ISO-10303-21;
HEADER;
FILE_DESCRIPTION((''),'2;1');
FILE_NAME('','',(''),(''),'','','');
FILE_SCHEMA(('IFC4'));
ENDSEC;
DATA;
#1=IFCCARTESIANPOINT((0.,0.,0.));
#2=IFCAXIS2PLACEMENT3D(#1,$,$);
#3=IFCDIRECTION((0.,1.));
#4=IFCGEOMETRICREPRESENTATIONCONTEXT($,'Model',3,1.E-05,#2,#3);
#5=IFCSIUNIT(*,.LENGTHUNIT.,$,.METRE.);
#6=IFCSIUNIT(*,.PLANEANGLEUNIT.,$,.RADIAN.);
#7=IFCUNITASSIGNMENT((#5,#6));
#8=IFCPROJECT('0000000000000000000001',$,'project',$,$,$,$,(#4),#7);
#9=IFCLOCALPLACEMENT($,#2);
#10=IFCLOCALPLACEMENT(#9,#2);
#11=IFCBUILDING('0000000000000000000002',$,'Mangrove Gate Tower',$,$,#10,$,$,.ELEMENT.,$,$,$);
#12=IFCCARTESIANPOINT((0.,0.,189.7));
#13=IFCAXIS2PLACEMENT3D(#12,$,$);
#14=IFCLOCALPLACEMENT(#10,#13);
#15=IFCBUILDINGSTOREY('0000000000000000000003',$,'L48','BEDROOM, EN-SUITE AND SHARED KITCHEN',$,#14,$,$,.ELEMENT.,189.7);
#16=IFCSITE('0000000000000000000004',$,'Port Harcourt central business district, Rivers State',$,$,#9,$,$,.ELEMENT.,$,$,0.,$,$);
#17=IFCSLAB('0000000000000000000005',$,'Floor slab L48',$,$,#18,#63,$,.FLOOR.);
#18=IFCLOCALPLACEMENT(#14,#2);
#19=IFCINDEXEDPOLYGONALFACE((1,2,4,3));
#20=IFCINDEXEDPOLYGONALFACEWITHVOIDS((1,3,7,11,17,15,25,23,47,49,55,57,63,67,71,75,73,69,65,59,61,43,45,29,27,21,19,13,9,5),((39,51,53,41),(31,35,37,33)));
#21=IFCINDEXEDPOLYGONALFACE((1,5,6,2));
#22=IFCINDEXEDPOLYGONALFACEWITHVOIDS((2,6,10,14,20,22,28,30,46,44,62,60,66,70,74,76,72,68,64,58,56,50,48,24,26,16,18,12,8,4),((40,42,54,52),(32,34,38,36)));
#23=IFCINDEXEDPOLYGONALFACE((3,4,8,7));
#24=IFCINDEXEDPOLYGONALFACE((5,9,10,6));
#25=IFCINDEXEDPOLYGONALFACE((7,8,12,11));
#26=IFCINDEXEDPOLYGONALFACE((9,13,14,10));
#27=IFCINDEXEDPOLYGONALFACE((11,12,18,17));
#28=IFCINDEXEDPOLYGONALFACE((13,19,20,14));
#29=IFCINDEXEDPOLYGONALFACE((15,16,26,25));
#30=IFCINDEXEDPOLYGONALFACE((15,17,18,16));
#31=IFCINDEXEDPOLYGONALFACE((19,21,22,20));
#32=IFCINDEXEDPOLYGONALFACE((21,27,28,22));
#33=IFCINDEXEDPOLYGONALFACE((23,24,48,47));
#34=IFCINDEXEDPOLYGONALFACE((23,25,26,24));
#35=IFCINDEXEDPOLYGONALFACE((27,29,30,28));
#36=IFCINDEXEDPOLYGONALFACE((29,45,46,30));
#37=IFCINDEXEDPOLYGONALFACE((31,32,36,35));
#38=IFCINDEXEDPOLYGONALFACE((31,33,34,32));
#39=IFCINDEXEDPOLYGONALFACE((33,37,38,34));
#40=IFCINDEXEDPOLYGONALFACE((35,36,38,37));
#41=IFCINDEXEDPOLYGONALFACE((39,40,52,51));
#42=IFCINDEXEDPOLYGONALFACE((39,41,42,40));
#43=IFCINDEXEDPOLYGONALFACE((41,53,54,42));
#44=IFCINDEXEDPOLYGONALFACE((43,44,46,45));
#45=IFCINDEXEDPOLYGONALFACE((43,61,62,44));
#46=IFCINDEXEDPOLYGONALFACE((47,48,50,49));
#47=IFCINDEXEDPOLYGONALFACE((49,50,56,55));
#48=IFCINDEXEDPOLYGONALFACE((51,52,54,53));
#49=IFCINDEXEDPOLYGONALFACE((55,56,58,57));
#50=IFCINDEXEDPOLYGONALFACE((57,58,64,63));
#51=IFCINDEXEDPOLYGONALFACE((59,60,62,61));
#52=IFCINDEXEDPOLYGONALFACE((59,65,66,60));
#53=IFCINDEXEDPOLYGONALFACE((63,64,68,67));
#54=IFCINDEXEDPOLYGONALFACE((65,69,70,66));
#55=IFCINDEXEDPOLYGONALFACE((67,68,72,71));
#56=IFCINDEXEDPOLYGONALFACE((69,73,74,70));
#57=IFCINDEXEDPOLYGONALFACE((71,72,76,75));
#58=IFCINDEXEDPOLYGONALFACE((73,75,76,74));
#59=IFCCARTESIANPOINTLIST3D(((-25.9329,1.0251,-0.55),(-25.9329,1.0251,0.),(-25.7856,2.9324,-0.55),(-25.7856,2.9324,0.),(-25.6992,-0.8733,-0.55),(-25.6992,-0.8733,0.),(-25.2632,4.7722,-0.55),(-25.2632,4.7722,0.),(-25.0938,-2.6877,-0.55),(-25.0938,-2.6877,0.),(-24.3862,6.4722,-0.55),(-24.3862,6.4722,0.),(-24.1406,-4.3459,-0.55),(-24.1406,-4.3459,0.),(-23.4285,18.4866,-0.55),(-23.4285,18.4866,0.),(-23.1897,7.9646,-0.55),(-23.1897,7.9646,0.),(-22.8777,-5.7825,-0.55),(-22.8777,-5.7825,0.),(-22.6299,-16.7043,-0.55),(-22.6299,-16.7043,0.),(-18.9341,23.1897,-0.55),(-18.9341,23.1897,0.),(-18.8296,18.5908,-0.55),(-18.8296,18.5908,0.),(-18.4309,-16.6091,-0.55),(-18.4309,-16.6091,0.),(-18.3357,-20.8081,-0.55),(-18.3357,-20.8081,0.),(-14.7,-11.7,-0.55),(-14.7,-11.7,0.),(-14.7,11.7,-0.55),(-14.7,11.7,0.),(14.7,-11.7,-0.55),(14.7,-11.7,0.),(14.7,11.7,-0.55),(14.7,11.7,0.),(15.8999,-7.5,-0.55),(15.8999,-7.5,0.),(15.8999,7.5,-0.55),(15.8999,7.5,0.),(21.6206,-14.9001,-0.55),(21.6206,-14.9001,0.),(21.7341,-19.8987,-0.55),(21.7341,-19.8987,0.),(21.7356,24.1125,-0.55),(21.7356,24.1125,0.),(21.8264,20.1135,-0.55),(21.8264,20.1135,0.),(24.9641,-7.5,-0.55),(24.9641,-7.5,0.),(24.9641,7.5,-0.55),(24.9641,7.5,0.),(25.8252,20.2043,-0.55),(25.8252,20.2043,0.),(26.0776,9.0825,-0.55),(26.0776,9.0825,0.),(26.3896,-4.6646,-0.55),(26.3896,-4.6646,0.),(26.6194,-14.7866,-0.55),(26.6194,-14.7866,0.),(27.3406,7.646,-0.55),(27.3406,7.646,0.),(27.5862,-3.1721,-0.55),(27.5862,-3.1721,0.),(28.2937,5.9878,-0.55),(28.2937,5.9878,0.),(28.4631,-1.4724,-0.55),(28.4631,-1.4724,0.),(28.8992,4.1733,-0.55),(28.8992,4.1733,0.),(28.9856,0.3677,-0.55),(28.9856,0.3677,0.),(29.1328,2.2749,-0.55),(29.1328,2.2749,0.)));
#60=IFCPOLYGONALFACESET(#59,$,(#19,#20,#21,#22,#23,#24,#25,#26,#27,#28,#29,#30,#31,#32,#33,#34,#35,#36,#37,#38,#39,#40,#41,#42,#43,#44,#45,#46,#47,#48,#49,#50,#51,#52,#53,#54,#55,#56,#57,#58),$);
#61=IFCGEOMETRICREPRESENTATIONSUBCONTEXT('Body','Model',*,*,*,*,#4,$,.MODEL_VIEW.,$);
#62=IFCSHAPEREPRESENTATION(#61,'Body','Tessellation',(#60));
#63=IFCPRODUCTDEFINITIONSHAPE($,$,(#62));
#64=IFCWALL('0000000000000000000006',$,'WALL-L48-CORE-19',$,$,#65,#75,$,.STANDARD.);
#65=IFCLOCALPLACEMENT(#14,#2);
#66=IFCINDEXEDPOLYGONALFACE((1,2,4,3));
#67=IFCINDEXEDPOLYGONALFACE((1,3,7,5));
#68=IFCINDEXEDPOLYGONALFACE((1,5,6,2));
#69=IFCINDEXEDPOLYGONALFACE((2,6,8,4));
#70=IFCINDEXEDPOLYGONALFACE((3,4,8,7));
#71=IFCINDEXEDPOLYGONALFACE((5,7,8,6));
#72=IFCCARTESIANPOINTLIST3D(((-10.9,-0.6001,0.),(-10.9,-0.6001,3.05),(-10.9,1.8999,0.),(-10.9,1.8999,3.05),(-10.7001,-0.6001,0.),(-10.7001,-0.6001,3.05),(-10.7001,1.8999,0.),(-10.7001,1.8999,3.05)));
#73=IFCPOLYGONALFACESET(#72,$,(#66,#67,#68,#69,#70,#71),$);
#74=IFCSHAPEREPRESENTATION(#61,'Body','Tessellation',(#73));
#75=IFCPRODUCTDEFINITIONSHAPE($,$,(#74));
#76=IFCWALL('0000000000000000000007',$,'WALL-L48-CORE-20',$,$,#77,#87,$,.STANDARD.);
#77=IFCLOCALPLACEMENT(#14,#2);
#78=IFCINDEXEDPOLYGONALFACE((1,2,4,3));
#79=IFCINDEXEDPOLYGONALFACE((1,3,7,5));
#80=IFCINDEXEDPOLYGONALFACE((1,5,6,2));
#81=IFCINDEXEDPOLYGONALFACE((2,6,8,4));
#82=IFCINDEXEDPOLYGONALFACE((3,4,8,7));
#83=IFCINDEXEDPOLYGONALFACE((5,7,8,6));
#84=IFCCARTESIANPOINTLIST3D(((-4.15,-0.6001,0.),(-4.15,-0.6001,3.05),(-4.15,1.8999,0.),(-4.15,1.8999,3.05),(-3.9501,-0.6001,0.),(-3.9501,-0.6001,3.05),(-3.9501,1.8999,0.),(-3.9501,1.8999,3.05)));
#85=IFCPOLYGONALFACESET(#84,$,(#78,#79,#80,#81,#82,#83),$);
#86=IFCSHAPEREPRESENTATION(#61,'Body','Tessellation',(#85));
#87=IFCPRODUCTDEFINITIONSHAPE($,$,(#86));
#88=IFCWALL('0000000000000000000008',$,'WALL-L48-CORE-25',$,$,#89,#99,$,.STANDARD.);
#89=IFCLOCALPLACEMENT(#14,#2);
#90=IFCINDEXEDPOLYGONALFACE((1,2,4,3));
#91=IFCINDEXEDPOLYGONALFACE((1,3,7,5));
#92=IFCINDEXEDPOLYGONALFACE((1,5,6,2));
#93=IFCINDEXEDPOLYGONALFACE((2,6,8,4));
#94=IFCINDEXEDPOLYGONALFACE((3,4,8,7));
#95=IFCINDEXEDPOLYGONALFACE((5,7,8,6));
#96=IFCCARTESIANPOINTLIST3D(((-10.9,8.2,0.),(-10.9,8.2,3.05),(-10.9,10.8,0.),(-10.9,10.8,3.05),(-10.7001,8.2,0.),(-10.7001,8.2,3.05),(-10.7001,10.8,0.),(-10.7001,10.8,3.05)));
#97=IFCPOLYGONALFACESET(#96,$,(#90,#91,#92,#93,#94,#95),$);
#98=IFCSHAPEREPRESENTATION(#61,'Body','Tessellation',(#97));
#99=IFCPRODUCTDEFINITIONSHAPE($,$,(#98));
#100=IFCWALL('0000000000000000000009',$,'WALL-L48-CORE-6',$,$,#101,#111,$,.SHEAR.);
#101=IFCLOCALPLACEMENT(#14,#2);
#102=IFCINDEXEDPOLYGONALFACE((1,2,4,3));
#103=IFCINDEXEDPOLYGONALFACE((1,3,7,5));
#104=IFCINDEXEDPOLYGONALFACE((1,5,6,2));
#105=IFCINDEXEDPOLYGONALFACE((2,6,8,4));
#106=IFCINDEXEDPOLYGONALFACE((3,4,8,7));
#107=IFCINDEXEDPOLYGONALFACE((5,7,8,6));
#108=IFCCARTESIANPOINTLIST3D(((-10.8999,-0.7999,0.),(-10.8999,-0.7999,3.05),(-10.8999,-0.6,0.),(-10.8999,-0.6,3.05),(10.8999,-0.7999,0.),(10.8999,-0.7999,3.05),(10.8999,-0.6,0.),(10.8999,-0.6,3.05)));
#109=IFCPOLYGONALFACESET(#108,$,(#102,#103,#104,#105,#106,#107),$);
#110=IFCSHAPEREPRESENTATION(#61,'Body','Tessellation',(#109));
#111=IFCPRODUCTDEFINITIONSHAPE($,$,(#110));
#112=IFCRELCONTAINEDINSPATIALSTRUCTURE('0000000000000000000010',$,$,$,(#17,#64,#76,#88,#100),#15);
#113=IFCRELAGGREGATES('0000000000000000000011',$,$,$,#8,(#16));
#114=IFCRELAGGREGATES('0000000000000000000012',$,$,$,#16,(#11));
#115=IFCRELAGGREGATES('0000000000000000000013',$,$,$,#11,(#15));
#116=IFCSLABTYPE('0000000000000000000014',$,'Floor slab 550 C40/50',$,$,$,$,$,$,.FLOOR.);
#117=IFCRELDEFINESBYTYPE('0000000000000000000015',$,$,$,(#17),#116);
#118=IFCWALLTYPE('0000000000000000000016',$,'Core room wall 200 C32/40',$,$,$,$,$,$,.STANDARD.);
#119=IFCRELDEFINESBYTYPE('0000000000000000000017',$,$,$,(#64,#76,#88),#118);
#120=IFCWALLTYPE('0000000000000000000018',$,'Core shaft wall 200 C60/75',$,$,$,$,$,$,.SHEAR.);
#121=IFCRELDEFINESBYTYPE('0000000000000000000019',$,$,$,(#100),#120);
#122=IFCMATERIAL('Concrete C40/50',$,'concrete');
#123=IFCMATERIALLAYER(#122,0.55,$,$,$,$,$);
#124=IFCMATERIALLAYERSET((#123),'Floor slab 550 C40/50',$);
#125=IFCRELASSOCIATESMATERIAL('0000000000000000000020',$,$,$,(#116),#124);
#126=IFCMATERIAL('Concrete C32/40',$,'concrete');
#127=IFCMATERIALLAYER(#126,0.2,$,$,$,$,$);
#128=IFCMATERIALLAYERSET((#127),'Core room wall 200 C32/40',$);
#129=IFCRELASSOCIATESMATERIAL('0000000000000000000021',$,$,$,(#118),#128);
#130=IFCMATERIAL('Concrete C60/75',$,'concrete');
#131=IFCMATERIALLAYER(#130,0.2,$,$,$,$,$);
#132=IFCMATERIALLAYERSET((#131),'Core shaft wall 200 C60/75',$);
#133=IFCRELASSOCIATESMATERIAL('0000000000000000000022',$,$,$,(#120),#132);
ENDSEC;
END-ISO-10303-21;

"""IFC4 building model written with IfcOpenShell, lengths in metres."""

from ifc_helpers import new_model, si_unit, direction, frame, frame_2d, origin, place, context, subcontext, project, spatial, polyline, rectangle, outline, extrude, material, layer, layer_set, type_object, element, save


model = new_model("IFC4")

# Units and contexts
model_context = context("Model", 3, precision=1e-05, world=origin(), true_north=direction((0.0, 1.0)))
body_context = subcontext(model_context, "Body", "Model", "MODEL_VIEW")
ifc_project = project(units=[si_unit("LENGTHUNIT", "METRE"), si_unit("PLANEANGLEUNIT", "RADIAN")], contexts=[model_context])

# Site, building, storey
site_placement = place(None, origin())
site = spatial("IfcSite", under=ifc_project, at=site_placement, Name="Port Harcourt central business district, Rivers State", CompositionType="ELEMENT", RefElevation=0.0)
building_placement = place(site_placement, origin())
building = spatial("IfcBuilding", under=site, at=building_placement, Name="Mangrove Gate Tower", CompositionType="ELEMENT")
storey_placement = place(building_placement, frame((0.0, 0.0, 189.7)))
storey = spatial("IfcBuildingStorey", under=building, at=storey_placement, Name="L48", Description="BEDROOM, EN-SUITE AND SHARED KITCHEN", CompositionType="ELEMENT", Elevation=189.7)

# Slab
ifc_material_1 = material(Name="Concrete C40/50", Category="concrete")
ifc_layer_1 = layer(ifc_material_1, 0.55)
ifc_layer_set_1 = layer_set([ifc_layer_1], Name="Floor slab 550 C40/50")
slab_type_1 = type_object("IfcSlabType", Name="Floor slab 550 C40/50", PredefinedType="FLOOR", material=ifc_layer_set_1)
slab_1_placement = place(storey_placement, frame((0.0, 0.0, -0.55)))
element("IfcSlab", 1, at=slab_1_placement, inside=storey, type_object=slab_type_1, Name="Floor slab L48", PredefinedType="FLOOR", context=body_context, shape_type="SweptSolid", body=[
    extrude(outline(polyline([(-18.3357, -20.8081), (21.7341, -19.8987), (21.6206, -14.9001), (26.6194, -14.7866), (26.3896, -4.6646), (27.5862, -3.1721), (28.4631, -1.4724), (28.9856, 0.3677), (29.1328, 2.2749), (28.8992, 4.1733), (28.2937, 5.9878), (27.3406, 7.646), (26.0776, 9.0825), (25.8252, 20.2043), (21.8264, 20.1135), (21.7356, 24.1125), (-18.9341, 23.1897), (-18.8296, 18.5908), (-23.4285, 18.4866), (-23.1897, 7.9646), (-24.3862, 6.4722), (-25.2632, 4.7722), (-25.7856, 2.9324), (-25.9329, 1.0251), (-25.6992, -0.8733), (-25.0938, -2.6877), (-24.1406, -4.3459), (-22.8777, -5.7825), (-22.6299, -16.7043), (-18.4309, -16.6091), (-18.3357, -20.8081)]), holes=[polyline([(15.8999, 7.5), (24.9641, 7.5), (24.9641, -7.5), (15.8999, -7.5), (15.8999, 7.5)]), polyline([(-14.7, -11.7), (-14.7, 11.7), (14.7, 11.7), (14.7, -11.7), (-14.7, -11.7)])]), origin(), (0.0, 0.0, 1.0), 0.55),
])

# Walls
ifc_material_2 = material(Name="Concrete C32/40", Category="concrete")
ifc_layer_2 = layer(ifc_material_2, 0.2)
ifc_layer_set_2 = layer_set([ifc_layer_2], Name="Core room wall 200 C32/40")
wall_type_1 = type_object("IfcWallType", Name="Core room wall 200 C32/40", PredefinedType="STANDARD", material=ifc_layer_set_2)
for number, where, z_axis, x_axis, name in (
    (2, (-10.8, -0.6001, 0.0), (0.0, 0.0, 1.0), (0.0, 1.0, 0.0), "WALL-L48-CORE-19"),
    (3, (-4.05, -0.6001, 0.0), (0.0, 0.0, 1.0), (0.0, 1.0, 0.0), "WALL-L48-CORE-20"),
):
    element("IfcWall", number, at=place(storey_placement, frame(where, z_axis=z_axis, x_axis=x_axis)), inside=storey, type_object=wall_type_1, Name=name, PredefinedType="STANDARD", context=body_context, shape_type="SweptSolid", body=[
        extrude(rectangle(XDim=2.5, YDim=0.2, at=frame_2d((1.25, 0.0))), origin(), (0.0, 0.0, 1.0), 3.05),
    ])
wall_1_placement = place(storey_placement, frame((-10.8, 8.2, 0.0), z_axis=(0.0, 0.0, 1.0), x_axis=(0.0, 1.0, 0.0)))
element("IfcWall", 4, at=wall_1_placement, inside=storey, type_object=wall_type_1, Name="WALL-L48-CORE-25", PredefinedType="STANDARD", context=body_context, shape_type="SweptSolid", body=[
    extrude(rectangle(XDim=2.6001, YDim=0.2, at=frame_2d((1.3, 0.0))), origin(), (0.0, 0.0, 1.0), 3.05),
])
ifc_material_3 = material(Name="Concrete C60/75", Category="concrete")
ifc_layer_3 = layer(ifc_material_3, 0.2)
ifc_layer_set_3 = layer_set([ifc_layer_3], Name="Core shaft wall 200 C60/75")
wall_type_2 = type_object("IfcWallType", Name="Core shaft wall 200 C60/75", PredefinedType="SHEAR", material=ifc_layer_set_3)
wall_2_placement = place(storey_placement, frame((-10.8999, -0.7, 0.0), z_axis=(0.0, 0.0, 1.0), x_axis=(1.0, 0.0, 0.0)))
element("IfcWall", 5, at=wall_2_placement, inside=storey, type_object=wall_type_2, Name="WALL-L48-CORE-6", PredefinedType="SHEAR", context=body_context, shape_type="SweptSolid", body=[
    extrude(rectangle(XDim=21.7998, YDim=0.2, at=frame_2d((10.8999, 0.0))), origin(), (0.0, 0.0, 1.0), 3.05),
])

save(model, "model.ifc")
